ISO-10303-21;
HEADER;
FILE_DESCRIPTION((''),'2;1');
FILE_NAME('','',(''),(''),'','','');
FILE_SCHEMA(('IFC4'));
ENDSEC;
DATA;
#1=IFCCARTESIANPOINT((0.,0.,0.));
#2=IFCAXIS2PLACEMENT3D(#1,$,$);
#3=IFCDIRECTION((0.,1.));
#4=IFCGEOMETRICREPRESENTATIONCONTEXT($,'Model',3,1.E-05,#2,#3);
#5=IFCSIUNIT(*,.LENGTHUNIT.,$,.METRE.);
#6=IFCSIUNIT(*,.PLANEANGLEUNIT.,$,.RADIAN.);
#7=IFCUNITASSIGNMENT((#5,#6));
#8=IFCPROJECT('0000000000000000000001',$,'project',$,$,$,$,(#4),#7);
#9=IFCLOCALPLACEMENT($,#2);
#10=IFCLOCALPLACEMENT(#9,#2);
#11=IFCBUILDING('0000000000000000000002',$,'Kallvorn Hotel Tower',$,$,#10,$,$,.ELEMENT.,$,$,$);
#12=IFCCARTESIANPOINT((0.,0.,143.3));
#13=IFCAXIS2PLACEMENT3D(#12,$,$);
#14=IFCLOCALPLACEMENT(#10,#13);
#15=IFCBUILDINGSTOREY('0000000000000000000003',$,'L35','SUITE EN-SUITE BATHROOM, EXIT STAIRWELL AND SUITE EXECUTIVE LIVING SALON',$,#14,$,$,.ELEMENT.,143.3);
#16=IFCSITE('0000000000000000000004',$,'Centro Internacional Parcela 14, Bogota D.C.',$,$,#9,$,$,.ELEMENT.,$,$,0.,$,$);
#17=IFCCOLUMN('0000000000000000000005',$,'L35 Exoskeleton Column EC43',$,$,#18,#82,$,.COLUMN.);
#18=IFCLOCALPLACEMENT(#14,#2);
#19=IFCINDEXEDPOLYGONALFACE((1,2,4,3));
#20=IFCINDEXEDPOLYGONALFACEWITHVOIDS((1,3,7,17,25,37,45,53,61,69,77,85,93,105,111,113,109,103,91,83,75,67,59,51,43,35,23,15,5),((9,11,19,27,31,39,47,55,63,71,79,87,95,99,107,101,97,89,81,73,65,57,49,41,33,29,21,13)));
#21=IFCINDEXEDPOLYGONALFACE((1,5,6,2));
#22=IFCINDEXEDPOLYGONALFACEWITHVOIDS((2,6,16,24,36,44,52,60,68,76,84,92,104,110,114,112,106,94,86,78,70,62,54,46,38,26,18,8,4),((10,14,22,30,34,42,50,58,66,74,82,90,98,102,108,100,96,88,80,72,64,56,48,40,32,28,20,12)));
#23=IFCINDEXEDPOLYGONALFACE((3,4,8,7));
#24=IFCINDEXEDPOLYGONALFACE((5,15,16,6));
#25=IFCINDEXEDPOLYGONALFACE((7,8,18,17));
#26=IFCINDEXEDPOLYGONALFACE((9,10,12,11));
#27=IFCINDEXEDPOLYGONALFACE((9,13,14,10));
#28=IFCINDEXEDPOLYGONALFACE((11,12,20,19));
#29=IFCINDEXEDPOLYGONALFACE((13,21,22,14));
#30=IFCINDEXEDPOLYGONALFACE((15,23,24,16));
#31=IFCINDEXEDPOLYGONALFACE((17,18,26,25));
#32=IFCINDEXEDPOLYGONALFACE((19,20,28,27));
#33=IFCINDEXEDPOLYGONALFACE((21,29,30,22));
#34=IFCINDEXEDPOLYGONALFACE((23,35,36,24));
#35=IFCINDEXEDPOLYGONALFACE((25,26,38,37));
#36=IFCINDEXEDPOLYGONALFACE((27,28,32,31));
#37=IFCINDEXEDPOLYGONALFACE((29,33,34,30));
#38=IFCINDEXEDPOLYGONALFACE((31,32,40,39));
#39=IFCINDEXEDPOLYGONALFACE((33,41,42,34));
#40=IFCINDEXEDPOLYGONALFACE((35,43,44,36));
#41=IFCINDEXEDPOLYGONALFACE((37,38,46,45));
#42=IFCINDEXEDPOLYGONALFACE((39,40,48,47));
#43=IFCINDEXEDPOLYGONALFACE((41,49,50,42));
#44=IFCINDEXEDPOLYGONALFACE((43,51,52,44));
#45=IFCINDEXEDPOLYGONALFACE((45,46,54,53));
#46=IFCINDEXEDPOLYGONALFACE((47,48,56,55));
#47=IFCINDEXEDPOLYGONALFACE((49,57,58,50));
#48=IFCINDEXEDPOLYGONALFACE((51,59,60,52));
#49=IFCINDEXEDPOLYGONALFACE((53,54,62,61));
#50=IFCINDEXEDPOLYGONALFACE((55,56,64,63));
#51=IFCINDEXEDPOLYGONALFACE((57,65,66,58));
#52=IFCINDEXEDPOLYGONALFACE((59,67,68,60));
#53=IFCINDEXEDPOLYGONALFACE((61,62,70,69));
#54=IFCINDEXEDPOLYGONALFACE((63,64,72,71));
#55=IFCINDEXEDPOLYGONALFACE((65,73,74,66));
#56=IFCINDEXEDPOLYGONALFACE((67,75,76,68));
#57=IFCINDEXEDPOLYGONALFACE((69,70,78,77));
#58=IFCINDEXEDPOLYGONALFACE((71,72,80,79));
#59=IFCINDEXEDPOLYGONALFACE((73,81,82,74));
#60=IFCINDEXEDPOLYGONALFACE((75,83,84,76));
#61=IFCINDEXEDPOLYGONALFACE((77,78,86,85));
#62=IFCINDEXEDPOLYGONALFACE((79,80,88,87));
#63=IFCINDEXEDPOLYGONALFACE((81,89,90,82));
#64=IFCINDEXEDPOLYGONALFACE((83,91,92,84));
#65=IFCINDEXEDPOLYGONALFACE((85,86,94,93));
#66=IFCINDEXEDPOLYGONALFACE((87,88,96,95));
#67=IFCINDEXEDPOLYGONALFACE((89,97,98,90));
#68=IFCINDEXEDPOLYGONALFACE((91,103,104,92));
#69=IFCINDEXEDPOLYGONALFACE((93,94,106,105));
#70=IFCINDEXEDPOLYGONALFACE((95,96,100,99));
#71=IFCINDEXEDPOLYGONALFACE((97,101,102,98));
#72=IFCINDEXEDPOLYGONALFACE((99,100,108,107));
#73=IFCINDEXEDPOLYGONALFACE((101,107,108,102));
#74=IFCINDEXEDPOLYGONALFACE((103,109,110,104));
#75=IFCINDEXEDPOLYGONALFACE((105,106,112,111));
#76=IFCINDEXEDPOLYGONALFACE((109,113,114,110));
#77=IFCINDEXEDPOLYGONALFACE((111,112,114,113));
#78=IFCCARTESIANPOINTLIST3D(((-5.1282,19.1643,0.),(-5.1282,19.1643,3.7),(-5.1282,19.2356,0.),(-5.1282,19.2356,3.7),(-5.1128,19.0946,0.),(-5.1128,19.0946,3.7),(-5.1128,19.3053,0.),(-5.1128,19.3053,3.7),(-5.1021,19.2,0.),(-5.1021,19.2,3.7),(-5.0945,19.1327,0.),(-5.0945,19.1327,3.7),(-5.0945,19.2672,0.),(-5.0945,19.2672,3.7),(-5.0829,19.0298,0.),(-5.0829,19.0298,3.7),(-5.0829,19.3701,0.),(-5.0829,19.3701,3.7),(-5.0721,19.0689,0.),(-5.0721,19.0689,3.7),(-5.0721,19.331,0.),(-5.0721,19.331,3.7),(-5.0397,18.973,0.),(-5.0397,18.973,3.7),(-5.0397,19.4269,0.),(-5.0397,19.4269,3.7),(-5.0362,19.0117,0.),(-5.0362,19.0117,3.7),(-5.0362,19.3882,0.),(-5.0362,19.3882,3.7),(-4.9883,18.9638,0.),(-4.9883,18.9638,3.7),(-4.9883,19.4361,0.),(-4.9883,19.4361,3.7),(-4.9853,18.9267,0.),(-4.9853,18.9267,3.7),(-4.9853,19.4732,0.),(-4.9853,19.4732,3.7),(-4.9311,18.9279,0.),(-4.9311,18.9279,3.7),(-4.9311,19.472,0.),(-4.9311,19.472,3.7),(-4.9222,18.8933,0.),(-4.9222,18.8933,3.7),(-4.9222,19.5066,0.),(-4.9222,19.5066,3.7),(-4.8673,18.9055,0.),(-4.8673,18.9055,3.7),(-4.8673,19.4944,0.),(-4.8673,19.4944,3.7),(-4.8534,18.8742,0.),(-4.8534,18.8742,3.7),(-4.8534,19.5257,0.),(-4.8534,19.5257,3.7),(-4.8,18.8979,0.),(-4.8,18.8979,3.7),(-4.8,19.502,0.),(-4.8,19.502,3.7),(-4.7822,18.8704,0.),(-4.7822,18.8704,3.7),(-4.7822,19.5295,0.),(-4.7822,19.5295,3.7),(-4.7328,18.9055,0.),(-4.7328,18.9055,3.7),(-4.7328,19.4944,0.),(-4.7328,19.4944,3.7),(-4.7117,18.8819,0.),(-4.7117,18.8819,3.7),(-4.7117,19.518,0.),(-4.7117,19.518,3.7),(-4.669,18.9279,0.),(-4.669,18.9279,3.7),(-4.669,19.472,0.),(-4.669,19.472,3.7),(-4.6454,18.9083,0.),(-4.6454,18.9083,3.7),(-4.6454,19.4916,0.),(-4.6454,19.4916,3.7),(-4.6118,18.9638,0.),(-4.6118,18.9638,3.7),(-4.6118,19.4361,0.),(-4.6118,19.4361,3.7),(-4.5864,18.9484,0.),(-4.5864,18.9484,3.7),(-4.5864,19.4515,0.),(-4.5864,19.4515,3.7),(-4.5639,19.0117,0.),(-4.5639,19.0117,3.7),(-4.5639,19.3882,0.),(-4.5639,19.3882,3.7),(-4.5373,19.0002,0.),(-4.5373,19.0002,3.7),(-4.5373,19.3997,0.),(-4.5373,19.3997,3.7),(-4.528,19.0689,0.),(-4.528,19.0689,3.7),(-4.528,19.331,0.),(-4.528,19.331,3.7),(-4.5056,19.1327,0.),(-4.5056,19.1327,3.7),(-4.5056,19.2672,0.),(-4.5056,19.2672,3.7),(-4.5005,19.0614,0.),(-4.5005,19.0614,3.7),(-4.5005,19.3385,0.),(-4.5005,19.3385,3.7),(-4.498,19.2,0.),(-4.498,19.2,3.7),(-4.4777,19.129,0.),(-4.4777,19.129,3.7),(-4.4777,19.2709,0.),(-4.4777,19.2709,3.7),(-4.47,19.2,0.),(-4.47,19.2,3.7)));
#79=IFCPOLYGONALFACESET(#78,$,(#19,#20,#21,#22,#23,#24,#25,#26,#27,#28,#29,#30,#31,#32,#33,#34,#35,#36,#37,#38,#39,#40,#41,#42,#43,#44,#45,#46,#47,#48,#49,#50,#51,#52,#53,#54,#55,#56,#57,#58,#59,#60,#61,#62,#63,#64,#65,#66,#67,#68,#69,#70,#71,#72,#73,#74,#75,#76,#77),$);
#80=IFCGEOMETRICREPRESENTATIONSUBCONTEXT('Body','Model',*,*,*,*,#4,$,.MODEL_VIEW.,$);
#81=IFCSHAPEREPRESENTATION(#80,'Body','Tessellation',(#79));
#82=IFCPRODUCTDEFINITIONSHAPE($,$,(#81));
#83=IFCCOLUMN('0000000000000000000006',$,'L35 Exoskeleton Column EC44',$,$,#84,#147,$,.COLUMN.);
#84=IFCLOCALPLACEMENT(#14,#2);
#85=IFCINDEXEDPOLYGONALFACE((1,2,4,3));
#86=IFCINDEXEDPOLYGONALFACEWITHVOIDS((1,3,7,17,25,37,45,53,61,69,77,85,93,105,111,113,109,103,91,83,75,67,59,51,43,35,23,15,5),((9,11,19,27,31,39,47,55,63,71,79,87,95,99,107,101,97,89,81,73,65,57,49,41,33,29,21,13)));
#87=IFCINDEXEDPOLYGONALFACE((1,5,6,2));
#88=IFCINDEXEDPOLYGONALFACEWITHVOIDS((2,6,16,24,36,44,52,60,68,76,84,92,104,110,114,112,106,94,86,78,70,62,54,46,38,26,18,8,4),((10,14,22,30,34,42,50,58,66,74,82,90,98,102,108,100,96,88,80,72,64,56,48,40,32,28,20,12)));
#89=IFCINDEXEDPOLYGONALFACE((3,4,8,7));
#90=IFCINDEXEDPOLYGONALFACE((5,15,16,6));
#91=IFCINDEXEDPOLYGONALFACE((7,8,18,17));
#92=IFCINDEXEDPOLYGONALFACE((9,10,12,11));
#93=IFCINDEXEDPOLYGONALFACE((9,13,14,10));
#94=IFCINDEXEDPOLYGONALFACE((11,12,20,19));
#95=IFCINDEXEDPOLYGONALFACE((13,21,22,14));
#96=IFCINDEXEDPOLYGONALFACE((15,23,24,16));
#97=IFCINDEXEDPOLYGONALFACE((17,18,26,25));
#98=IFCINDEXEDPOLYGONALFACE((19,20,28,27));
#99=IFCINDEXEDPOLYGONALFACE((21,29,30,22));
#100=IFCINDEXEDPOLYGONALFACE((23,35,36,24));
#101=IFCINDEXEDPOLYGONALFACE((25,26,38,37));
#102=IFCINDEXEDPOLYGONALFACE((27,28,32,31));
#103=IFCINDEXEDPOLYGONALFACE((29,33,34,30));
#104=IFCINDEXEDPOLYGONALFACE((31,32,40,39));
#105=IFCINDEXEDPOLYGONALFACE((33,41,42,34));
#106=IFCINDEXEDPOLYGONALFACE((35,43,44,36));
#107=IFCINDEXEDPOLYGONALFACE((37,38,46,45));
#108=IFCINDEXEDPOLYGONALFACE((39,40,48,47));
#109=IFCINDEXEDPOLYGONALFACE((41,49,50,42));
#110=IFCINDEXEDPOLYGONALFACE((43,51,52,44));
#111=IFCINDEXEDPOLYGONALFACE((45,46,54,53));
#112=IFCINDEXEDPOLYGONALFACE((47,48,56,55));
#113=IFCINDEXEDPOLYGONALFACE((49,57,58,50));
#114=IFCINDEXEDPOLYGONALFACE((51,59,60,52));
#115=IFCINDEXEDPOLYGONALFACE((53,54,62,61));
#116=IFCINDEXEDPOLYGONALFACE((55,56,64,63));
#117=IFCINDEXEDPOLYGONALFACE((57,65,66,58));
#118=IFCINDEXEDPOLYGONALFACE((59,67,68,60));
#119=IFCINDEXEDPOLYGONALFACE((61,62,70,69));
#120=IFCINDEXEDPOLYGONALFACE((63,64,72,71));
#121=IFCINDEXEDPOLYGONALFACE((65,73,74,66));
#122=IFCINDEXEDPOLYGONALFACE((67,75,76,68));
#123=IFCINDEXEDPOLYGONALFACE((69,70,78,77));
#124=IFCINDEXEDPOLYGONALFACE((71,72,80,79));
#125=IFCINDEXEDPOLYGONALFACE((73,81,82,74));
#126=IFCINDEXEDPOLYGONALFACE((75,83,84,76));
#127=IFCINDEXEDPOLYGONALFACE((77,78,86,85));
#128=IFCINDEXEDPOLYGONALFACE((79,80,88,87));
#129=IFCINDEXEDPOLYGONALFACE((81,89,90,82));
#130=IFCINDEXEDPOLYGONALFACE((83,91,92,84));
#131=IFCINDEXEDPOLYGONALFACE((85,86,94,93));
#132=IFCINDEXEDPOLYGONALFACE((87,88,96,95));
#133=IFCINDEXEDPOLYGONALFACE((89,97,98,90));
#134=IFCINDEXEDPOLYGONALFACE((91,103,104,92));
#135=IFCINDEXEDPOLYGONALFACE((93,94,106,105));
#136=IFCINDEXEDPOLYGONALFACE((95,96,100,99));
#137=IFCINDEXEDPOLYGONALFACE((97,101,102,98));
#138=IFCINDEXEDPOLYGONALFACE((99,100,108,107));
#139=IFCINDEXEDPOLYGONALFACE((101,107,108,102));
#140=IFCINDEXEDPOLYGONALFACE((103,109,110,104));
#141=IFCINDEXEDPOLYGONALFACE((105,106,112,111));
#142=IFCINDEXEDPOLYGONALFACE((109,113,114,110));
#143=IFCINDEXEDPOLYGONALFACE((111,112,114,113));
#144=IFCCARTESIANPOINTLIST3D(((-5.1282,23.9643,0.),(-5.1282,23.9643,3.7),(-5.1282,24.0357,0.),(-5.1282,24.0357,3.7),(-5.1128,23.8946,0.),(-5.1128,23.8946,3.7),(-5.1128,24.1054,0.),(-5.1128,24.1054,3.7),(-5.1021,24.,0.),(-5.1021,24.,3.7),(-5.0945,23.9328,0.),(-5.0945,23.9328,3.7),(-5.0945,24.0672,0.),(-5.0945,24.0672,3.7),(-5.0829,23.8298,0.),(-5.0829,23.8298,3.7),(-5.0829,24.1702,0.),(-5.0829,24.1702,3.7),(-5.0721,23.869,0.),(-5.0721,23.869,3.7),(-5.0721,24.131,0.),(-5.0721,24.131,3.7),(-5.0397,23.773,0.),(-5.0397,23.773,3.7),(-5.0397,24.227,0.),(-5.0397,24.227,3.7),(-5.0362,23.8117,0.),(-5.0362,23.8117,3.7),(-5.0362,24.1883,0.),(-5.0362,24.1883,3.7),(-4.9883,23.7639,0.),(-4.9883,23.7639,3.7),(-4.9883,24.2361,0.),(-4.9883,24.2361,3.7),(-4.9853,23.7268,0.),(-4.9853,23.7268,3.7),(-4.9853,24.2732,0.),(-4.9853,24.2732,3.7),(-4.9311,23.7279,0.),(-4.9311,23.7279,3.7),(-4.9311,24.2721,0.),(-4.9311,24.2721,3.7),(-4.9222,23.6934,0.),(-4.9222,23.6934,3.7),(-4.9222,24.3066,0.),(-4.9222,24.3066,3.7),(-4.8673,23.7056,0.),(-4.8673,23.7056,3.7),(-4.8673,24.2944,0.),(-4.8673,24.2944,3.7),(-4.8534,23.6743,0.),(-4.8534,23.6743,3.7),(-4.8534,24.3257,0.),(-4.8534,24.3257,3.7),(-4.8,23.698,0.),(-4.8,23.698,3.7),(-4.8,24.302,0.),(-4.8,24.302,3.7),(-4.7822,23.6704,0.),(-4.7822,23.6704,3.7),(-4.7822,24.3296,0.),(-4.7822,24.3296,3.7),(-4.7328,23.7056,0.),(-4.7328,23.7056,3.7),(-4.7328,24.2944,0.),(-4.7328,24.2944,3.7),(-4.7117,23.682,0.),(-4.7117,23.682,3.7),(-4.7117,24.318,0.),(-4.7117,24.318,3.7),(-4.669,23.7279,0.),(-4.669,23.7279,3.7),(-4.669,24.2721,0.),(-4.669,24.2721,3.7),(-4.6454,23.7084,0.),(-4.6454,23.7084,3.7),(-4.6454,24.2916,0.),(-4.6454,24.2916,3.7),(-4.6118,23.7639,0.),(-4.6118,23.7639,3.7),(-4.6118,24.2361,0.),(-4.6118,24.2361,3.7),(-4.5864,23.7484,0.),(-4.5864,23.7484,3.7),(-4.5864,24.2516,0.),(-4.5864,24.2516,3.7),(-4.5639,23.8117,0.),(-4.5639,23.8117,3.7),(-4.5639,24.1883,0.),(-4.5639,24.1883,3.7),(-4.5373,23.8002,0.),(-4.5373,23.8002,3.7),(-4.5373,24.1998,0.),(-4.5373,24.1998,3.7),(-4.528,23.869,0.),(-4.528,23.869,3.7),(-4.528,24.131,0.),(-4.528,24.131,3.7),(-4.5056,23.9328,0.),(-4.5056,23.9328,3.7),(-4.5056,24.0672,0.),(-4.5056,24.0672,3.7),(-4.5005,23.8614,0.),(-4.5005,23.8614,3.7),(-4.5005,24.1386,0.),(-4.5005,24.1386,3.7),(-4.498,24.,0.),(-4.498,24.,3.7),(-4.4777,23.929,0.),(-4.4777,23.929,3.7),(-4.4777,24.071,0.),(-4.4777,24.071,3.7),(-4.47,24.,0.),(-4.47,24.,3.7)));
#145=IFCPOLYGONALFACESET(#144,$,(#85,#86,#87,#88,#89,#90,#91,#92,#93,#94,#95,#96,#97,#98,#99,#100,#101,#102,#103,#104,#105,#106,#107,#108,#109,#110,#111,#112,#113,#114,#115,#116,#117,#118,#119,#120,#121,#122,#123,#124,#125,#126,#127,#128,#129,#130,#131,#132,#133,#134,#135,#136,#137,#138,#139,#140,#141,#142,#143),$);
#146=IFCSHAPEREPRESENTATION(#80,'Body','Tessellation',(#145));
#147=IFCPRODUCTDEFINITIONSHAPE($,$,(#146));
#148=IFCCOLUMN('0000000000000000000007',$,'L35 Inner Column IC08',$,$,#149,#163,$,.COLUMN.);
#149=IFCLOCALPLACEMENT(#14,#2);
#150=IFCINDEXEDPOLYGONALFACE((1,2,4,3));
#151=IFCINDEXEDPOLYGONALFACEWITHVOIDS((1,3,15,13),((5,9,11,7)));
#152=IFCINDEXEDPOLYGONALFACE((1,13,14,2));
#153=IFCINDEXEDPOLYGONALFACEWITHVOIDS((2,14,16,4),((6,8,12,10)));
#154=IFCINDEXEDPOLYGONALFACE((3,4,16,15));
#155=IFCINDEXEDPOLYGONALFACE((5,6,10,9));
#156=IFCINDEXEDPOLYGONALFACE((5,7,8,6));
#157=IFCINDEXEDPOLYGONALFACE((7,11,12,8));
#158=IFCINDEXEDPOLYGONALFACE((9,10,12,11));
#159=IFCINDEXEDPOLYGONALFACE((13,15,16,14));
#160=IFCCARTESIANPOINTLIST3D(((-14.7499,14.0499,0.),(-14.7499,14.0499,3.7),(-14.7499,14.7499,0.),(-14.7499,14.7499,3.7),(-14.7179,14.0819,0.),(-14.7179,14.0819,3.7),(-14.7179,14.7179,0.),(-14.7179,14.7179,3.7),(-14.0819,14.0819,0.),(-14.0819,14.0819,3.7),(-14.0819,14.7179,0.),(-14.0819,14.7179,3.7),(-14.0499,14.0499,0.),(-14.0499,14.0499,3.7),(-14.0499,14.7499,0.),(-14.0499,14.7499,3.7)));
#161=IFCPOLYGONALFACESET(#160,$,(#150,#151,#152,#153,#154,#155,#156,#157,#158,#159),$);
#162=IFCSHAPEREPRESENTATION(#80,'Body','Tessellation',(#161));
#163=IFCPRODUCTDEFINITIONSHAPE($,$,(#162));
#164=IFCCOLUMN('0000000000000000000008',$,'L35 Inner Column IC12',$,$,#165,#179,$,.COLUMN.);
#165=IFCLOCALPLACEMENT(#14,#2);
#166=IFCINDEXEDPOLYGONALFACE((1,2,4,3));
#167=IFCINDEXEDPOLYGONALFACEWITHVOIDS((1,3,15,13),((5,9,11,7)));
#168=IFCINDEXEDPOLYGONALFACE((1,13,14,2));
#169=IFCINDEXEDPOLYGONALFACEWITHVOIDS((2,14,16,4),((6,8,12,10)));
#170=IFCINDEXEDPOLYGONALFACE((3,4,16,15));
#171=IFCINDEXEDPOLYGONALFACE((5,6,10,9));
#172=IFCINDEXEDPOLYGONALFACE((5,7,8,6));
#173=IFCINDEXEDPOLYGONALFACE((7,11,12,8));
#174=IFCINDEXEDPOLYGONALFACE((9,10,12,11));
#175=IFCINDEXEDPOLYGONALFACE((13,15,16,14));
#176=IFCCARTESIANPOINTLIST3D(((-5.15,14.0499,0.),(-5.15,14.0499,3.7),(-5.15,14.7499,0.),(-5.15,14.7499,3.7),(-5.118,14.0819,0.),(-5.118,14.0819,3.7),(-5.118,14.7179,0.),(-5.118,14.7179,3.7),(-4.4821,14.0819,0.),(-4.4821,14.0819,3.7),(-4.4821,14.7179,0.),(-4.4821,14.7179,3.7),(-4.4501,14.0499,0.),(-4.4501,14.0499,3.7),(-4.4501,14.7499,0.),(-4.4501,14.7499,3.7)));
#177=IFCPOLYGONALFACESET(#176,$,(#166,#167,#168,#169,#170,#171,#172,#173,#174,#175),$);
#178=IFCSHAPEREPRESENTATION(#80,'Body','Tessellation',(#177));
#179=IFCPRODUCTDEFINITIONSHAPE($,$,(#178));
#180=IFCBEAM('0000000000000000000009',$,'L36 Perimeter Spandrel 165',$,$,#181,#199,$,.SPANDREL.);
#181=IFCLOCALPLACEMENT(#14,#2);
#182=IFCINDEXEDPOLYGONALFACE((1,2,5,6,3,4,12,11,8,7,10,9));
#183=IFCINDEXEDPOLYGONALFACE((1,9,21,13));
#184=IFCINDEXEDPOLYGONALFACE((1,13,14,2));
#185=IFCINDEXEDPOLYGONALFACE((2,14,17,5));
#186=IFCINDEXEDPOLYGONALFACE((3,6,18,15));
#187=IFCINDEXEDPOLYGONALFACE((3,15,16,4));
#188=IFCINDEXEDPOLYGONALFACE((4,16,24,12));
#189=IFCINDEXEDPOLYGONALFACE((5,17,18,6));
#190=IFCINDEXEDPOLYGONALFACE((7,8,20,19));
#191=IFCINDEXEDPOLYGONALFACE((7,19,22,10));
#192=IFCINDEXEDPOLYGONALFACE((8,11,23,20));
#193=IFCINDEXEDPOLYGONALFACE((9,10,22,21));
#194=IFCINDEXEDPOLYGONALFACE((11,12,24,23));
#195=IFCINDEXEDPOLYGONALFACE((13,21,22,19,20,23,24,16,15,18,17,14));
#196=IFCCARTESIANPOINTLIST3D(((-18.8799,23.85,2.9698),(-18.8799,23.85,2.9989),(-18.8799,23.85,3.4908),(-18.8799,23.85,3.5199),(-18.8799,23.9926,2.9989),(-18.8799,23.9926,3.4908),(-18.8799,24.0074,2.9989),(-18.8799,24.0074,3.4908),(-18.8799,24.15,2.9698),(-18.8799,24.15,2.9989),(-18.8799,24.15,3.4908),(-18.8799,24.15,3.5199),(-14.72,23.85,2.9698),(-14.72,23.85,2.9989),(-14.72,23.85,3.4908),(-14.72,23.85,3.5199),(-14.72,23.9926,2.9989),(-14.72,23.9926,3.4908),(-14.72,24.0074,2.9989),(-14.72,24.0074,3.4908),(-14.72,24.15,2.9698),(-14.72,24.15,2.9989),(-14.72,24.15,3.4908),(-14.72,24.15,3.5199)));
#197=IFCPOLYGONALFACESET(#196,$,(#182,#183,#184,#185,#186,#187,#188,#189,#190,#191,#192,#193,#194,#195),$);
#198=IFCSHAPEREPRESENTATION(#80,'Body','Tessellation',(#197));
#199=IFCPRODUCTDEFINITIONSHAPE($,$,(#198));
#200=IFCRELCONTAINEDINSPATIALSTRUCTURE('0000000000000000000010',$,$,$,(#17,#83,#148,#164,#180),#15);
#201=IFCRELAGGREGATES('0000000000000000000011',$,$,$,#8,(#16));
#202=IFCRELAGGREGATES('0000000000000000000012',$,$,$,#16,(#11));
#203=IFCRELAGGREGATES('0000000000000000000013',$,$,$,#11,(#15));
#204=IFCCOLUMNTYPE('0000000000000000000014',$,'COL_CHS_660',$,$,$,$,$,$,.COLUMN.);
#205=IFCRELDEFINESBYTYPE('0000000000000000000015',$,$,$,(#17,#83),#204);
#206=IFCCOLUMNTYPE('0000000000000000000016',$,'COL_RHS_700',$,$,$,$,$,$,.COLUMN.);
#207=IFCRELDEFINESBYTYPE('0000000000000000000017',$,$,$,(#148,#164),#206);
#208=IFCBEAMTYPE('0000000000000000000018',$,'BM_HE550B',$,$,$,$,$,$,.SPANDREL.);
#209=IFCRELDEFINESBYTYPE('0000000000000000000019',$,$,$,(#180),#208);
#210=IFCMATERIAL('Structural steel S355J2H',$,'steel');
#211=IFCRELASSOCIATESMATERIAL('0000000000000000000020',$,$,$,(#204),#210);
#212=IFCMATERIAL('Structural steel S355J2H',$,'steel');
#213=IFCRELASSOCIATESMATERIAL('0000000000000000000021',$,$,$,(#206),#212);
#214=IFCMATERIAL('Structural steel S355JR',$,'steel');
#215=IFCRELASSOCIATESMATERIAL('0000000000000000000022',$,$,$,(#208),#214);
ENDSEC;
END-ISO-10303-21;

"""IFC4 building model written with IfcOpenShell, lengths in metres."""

from ifc_helpers import new_model, si_unit, direction, frame, origin, origin_2d, place, context, subcontext, project, spatial, hollow_rectangle, hollow_circle, i_section, extrude, material, material_profile, profile_set, type_object, element, save


model = new_model("IFC4")

# Units and contexts
model_context = context("Model", 3, precision=1e-05, world=origin(), true_north=direction((0.0, 1.0)))
body_context = subcontext(model_context, "Body", "Model", "MODEL_VIEW")
ifc_project = project(units=[si_unit("LENGTHUNIT", "METRE"), si_unit("PLANEANGLEUNIT", "RADIAN")], contexts=[model_context])

# Site, building, storey
site_placement = place(None, origin())
site = spatial("IfcSite", under=ifc_project, at=site_placement, Name="Centro Internacional Parcela 14, Bogota D.C.", CompositionType="ELEMENT", RefElevation=0.0)
building_placement = place(site_placement, origin())
building = spatial("IfcBuilding", under=site, at=building_placement, Name="Kallvorn Hotel Tower", CompositionType="ELEMENT")
storey_placement = place(building_placement, frame((0.0, 0.0, 143.3)))
storey = spatial("IfcBuildingStorey", under=building, at=storey_placement, Name="L35", Description="SUITE EN-SUITE BATHROOM, EXIT STAIRWELL AND SUITE EXECUTIVE LIVING SALON", CompositionType="ELEMENT", Elevation=143.3)

# Columns
ifc_material_1 = material(Name="Structural steel S355J2H", Category="steel")
ifc_material_profile_1 = material_profile(ifc_material_1, hollow_circle(Radius=0.3301, WallThickness=0.0281, at=origin_2d()), Name="CHS 660x28")
ifc_profile_set_1 = profile_set([ifc_material_profile_1], Name="Structural steel S355J2H")
column_type_1 = type_object("IfcColumnType", Name="COL_CHS_660", PredefinedType="COLUMN", material=ifc_profile_set_1)
for number, where, z_axis, x_axis, name in (
    (1, (-4.8, 19.2, 0.0), (0.0, 0.0, 1.0), (1.0, 0.0, 0.0), "L35 Exoskeleton Column EC43"),
    (2, (-4.8, 24.0, 0.0), (0.0, 0.0, 1.0), (1.0, 0.0, 0.0), "L35 Exoskeleton Column EC44"),
):
    element("IfcColumn", number, at=place(storey_placement, frame(where, z_axis=z_axis, x_axis=x_axis)), inside=storey, type_object=column_type_1, Name=name, PredefinedType="COLUMN", context=body_context, shape_type="SweptSolid", body=[
        extrude(hollow_circle(Radius=0.3301, WallThickness=0.0281, at=origin_2d()), origin(), (0.0, 0.0, 1.0), 3.7),
    ])
ifc_material_2 = material(Name="Structural steel S355J2H", Category="steel")
ifc_material_profile_2 = material_profile(ifc_material_2, hollow_rectangle(XDim=0.7, YDim=0.7, WallThickness=0.032, at=origin_2d()), Name="RHS 700x700x32")
ifc_profile_set_2 = profile_set([ifc_material_profile_2], Name="Structural steel S355J2H")
column_type_2 = type_object("IfcColumnType", Name="COL_RHS_700", PredefinedType="COLUMN", material=ifc_profile_set_2)
for number, where, z_axis, x_axis, name in (
    (3, (-14.3999, 14.3999, 0.0), (0.0, 0.0, 1.0), (1.0, 0.0, 0.0), "L35 Inner Column IC08"),
    (4, (-4.8, 14.3999, 0.0), (0.0, 0.0, 1.0), (1.0, 0.0, 0.0), "L35 Inner Column IC12"),
):
    element("IfcColumn", number, at=place(storey_placement, frame(where, z_axis=z_axis, x_axis=x_axis)), inside=storey, type_object=column_type_2, Name=name, PredefinedType="COLUMN", context=body_context, shape_type="SweptSolid", body=[
        extrude(hollow_rectangle(XDim=0.7, YDim=0.7, WallThickness=0.032, at=origin_2d()), origin(), (0.0, 0.0, 1.0), 3.7),
    ])

# Beam
ifc_material_3 = material(Name="Structural steel S355JR", Category="steel")
ifc_material_profile_3 = material_profile(ifc_material_3, i_section(OverallWidth=0.3, OverallDepth=0.55, WebThickness=0.0149, FlangeThickness=0.0291, at=origin_2d()), Name="HE 550 B")
ifc_profile_set_3 = profile_set([ifc_material_profile_3], Name="Structural steel S355JR")
beam_type_1 = type_object("IfcBeamType", Name="BM_HE550B", PredefinedType="SPANDREL", material=ifc_profile_set_3)
beam_1_placement = place(storey_placement, frame((-18.8799, 24.0, 3.2449), z_axis=(1.0, 0.0, 0.0), x_axis=(0.0, 1.0, 0.0)))
element("IfcBeam", 5, at=beam_1_placement, inside=storey, type_object=beam_type_1, Name="L36 Perimeter Spandrel 165", PredefinedType="SPANDREL", context=body_context, shape_type="SweptSolid", body=[
    extrude(i_section(OverallWidth=0.3, OverallDepth=0.55, WebThickness=0.0149, FlangeThickness=0.0291, at=origin_2d()), origin(), (0.0, 0.0, 1.0), 4.1599),
])

save(model, "model.ifc")
